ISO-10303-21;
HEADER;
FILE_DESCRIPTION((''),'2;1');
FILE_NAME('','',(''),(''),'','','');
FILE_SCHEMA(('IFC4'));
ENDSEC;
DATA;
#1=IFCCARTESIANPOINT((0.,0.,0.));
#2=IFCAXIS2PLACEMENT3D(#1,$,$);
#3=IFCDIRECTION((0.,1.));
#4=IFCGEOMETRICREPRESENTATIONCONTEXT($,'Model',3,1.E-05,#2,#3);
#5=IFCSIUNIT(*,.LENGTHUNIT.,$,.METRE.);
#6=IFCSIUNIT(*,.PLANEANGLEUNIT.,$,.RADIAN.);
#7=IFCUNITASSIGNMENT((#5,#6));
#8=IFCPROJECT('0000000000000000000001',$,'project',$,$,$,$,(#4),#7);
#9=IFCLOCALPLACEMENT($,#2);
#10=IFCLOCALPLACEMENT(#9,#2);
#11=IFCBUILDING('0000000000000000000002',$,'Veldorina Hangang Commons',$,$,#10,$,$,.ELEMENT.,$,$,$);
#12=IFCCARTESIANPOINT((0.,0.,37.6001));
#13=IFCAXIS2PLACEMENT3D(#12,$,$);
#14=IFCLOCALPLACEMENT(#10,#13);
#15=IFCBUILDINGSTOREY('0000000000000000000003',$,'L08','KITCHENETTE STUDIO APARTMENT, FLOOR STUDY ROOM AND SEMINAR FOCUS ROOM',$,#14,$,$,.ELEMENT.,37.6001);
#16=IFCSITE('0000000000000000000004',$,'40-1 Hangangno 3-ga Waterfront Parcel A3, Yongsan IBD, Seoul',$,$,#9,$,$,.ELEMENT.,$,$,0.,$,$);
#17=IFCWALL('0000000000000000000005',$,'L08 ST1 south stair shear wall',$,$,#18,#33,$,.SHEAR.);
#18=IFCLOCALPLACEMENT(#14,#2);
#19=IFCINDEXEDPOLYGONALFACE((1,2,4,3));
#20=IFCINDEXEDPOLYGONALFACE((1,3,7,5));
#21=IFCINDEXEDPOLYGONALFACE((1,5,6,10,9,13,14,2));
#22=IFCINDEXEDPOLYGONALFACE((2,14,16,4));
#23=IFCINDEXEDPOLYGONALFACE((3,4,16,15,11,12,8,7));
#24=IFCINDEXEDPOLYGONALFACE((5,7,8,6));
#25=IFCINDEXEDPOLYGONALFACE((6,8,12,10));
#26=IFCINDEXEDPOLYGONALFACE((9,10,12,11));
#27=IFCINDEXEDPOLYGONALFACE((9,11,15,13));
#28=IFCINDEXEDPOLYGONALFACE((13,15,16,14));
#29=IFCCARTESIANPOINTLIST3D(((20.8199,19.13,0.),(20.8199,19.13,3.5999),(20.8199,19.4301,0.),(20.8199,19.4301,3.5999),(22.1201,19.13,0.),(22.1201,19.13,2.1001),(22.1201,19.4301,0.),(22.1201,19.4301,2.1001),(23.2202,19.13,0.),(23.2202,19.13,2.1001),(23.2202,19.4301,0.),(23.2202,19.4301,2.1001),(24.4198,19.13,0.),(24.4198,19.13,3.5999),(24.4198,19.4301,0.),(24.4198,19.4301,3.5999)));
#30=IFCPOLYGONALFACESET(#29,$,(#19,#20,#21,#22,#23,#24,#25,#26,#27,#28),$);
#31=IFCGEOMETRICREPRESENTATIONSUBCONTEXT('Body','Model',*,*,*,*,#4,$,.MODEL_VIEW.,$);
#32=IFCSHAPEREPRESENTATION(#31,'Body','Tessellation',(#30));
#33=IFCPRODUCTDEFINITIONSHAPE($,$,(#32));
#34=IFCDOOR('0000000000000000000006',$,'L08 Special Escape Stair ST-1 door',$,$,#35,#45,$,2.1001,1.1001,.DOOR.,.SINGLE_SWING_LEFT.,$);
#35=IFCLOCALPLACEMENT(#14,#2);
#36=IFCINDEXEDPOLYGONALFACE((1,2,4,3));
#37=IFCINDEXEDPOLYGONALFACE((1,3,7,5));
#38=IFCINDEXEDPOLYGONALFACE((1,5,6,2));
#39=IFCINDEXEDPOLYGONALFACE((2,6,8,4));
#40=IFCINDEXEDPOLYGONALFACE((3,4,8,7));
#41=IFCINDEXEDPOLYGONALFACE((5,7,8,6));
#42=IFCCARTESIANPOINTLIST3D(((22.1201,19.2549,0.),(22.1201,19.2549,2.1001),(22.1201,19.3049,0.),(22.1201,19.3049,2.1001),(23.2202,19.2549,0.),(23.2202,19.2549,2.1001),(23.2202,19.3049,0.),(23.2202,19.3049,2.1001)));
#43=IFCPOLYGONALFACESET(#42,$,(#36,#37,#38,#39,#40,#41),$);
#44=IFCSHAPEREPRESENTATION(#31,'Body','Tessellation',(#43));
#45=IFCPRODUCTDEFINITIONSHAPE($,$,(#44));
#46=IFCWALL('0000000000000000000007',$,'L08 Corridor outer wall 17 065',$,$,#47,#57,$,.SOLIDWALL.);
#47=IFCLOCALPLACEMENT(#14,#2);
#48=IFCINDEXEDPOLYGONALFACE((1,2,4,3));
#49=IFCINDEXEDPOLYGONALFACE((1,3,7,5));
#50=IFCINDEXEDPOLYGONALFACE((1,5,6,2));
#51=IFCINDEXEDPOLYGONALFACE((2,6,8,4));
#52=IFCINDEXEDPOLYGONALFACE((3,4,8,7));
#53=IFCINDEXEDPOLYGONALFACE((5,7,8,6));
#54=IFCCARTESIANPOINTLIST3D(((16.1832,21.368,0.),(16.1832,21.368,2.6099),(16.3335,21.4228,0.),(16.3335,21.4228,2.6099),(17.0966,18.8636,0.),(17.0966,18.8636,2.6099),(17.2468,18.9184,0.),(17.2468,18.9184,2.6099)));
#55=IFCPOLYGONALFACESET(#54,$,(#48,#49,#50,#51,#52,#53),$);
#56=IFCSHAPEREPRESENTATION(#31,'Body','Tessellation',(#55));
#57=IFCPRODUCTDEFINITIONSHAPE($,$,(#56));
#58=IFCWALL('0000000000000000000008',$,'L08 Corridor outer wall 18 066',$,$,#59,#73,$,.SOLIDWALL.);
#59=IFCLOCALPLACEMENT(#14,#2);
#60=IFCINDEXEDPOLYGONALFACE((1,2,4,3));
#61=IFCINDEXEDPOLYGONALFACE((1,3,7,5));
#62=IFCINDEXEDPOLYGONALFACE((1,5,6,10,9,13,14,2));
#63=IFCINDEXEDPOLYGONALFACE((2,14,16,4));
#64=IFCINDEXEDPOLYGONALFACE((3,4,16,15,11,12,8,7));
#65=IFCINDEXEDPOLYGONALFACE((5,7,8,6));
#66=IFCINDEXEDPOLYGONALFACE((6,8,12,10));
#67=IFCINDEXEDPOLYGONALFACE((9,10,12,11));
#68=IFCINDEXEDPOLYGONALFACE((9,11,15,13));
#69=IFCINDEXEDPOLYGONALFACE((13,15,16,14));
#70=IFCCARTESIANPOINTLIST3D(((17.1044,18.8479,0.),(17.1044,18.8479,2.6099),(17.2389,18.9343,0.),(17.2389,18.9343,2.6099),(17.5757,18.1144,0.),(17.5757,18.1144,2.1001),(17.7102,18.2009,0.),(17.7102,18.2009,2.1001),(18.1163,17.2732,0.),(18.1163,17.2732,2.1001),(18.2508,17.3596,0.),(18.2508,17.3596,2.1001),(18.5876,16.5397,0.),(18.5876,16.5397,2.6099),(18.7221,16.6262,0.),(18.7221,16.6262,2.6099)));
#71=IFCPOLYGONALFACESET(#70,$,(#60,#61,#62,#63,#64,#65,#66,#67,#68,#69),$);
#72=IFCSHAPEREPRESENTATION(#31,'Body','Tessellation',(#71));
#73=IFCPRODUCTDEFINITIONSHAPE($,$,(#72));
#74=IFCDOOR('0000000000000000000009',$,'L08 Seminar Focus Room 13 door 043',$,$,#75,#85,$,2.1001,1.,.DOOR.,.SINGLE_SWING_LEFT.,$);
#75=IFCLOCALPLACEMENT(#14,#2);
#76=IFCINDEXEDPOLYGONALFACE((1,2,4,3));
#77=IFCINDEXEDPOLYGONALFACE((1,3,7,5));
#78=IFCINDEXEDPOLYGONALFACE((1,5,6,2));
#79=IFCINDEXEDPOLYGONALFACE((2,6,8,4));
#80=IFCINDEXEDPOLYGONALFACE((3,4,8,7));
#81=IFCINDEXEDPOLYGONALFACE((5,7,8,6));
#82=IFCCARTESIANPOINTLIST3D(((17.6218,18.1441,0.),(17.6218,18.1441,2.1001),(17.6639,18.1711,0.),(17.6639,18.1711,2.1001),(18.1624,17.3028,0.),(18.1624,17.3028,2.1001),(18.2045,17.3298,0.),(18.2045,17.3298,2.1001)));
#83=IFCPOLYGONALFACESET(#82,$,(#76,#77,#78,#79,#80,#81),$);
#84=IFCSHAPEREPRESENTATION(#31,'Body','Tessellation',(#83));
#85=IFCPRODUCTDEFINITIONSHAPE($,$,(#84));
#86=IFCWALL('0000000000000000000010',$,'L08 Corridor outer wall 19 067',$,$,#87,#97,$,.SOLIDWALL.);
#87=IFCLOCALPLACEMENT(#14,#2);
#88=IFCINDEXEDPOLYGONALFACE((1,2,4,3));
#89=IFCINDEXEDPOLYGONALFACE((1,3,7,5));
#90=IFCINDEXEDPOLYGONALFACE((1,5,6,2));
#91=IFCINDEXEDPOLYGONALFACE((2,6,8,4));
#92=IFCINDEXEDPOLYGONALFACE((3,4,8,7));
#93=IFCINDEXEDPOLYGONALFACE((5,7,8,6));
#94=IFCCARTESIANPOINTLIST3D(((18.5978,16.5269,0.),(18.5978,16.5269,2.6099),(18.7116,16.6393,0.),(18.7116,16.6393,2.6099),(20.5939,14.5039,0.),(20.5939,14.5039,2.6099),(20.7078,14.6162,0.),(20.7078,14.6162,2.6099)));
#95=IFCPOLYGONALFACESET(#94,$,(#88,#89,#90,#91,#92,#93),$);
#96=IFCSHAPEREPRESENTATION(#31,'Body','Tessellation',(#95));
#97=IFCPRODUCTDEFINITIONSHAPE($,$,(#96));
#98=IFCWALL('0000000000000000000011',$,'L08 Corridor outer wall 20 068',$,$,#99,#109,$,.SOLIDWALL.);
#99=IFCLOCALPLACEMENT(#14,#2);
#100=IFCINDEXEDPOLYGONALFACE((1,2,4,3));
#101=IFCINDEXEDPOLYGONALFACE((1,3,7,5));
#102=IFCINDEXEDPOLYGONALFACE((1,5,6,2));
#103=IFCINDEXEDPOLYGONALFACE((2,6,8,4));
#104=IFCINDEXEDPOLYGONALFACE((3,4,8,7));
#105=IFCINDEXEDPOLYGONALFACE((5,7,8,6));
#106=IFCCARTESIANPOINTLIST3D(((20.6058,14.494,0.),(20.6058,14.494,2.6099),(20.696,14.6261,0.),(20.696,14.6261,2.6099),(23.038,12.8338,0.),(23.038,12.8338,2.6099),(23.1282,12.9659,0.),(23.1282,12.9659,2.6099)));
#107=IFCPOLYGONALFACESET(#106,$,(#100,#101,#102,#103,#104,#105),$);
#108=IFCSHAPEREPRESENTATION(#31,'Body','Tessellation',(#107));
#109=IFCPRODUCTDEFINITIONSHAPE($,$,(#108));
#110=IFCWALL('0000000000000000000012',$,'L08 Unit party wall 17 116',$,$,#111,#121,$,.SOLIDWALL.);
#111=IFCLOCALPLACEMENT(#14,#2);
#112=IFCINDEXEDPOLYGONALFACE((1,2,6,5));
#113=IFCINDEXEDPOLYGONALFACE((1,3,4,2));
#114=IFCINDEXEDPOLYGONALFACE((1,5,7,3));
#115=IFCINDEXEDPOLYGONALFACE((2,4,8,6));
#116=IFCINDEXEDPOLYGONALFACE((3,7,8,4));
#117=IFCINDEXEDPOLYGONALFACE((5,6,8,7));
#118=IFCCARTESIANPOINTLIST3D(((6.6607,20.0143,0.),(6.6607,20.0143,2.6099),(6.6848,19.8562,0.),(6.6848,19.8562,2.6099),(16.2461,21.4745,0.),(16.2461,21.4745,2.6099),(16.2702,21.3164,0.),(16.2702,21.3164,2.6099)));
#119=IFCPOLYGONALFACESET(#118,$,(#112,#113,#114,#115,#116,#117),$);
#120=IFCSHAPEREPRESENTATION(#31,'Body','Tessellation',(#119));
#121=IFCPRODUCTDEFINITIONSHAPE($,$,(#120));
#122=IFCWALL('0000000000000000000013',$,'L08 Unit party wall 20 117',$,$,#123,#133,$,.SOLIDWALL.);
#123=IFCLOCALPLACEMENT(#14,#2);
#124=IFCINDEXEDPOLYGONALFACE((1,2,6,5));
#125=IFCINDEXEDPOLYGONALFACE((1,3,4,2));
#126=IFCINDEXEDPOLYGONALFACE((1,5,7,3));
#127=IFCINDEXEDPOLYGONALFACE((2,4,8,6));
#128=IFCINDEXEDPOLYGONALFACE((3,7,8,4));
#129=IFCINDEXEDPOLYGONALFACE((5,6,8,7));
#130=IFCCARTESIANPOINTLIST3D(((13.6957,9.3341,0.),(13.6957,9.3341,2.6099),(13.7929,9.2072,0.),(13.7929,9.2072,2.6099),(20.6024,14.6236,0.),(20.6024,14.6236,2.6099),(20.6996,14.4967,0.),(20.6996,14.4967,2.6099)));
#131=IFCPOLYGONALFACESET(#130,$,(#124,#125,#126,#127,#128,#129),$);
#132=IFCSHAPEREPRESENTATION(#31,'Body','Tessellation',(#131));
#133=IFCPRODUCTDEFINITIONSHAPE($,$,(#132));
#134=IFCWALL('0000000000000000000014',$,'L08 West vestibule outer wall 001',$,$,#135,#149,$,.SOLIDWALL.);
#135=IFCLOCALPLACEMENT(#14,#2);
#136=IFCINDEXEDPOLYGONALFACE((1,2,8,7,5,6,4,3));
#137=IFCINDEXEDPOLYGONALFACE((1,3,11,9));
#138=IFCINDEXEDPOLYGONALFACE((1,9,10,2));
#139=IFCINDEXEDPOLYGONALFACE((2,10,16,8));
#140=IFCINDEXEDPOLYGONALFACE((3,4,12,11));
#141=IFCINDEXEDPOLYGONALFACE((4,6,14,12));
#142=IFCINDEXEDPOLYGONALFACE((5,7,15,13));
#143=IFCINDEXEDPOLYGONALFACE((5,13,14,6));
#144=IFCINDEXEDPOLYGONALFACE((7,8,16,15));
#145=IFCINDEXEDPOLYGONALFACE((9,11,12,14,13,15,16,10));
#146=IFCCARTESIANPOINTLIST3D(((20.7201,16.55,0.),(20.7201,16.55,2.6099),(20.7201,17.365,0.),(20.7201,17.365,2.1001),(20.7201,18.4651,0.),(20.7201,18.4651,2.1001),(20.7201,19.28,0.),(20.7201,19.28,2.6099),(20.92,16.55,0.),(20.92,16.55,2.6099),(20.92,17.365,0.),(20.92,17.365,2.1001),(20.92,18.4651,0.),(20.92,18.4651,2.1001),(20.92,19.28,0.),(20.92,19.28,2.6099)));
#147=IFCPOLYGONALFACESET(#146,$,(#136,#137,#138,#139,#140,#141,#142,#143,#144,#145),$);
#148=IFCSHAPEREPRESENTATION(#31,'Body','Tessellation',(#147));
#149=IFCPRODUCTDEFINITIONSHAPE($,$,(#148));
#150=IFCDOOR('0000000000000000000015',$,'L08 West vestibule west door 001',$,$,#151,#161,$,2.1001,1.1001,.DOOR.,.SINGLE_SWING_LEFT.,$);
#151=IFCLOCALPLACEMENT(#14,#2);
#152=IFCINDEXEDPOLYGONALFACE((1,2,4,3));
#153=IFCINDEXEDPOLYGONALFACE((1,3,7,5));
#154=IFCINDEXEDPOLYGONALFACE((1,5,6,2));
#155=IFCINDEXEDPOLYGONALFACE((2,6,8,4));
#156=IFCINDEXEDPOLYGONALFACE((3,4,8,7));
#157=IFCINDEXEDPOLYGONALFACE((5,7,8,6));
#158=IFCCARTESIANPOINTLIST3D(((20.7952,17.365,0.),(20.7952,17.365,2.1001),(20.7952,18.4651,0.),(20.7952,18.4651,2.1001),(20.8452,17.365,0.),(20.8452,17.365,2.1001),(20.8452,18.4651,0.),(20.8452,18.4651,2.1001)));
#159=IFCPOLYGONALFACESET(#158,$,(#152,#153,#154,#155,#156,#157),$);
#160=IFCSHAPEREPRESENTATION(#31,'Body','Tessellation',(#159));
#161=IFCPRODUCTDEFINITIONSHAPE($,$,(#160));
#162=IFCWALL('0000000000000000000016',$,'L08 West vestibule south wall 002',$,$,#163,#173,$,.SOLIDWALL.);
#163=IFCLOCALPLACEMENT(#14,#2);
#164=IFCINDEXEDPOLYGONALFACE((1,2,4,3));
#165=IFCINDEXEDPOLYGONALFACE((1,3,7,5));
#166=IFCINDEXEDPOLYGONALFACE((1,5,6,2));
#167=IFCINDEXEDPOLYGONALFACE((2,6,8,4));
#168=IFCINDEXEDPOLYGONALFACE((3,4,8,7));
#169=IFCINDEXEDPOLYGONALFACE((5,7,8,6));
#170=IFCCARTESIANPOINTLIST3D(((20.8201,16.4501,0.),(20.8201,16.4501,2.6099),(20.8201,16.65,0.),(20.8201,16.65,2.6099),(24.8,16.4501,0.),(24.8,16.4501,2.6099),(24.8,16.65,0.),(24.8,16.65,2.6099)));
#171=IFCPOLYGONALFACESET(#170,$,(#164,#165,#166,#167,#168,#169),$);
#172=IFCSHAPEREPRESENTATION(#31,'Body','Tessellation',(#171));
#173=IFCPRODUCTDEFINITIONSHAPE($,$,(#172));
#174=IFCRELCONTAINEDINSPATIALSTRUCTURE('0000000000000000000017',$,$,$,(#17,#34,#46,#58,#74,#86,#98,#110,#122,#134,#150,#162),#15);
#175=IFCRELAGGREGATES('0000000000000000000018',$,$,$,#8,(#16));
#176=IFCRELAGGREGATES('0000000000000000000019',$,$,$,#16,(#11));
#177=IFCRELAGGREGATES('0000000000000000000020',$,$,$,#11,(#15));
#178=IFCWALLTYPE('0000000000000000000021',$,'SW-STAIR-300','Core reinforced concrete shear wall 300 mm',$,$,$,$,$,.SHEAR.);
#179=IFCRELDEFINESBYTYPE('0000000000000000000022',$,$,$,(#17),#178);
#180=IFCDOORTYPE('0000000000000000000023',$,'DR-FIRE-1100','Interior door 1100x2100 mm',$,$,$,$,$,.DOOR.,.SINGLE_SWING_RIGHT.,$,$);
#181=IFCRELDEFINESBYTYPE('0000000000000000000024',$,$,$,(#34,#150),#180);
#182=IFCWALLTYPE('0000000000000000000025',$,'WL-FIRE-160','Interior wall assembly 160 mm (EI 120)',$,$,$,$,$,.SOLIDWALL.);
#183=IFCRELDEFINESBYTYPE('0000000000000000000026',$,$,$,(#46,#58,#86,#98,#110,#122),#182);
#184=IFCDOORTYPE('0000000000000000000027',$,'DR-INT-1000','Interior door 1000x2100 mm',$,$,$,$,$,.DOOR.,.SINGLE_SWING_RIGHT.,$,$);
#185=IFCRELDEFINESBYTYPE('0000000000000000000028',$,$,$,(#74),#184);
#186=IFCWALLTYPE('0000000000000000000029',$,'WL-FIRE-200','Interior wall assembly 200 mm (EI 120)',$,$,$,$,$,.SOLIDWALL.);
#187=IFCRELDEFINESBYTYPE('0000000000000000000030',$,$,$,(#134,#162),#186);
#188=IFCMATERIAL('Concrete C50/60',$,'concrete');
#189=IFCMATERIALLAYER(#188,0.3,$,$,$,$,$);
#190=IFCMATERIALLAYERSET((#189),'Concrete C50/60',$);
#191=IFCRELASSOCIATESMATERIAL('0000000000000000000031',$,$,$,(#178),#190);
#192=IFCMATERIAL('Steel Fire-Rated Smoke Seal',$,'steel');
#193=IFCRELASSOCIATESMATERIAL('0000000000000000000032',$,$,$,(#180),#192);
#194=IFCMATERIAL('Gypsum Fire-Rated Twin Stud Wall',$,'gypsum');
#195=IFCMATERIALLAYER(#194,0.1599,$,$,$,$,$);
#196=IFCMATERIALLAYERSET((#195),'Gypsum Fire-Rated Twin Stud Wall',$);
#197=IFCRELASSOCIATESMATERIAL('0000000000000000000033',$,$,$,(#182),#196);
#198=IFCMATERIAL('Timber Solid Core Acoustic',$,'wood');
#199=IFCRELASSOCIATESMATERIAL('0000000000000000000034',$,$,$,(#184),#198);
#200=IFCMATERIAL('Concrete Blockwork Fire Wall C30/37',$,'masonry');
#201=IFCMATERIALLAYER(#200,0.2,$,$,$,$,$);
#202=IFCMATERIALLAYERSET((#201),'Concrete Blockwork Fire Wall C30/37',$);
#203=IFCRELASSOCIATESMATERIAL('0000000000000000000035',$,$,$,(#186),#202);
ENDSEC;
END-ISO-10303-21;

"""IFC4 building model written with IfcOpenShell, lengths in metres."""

from ifc_helpers import new_model, si_unit, direction, frame, frame_2d, origin, place, context, subcontext, project, spatial, rectangle, extrude, material, layer, layer_set, type_object, element, fill, save


model = new_model("IFC4")

# Units and contexts
model_context = context("Model", 3, precision=1e-05, world=origin(), true_north=direction((0.0, 1.0)))
body_context = subcontext(model_context, "Body", "Model", "MODEL_VIEW")
ifc_project = project(units=[si_unit("LENGTHUNIT", "METRE"), si_unit("PLANEANGLEUNIT", "RADIAN")], contexts=[model_context])

# Site, building, storey
site_placement = place(None, origin())
site = spatial("IfcSite", under=ifc_project, at=site_placement, Name="40-1 Hangangno 3-ga Waterfront Parcel A3, Yongsan IBD, Seoul", CompositionType="ELEMENT", RefElevation=0.0)
building_placement = place(site_placement, origin())
building = spatial("IfcBuilding", under=site, at=building_placement, Name="Veldorina Hangang Commons", CompositionType="ELEMENT")
storey_placement = place(building_placement, frame((0.0, 0.0, 37.6001)))
storey = spatial("IfcBuildingStorey", under=building, at=storey_placement, Name="L08", Description="KITCHENETTE STUDIO APARTMENT, FLOOR STUDY ROOM AND SEMINAR FOCUS ROOM", CompositionType="ELEMENT", Elevation=37.6001)

# Wall, opening, door
ifc_material_1 = material(Name="Concrete C50/60", Category="concrete")
ifc_layer_1 = layer(ifc_material_1, 0.3)
ifc_layer_set_1 = layer_set([ifc_layer_1], Name="Concrete C50/60")
wall_type_1 = type_object("IfcWallType", Name="SW-STAIR-300", Description="Core reinforced concrete shear wall 300 mm", PredefinedType="SHEAR", material=ifc_layer_set_1)
wall_1_placement = place(storey_placement, frame((20.8201, 19.28, 0.0), z_axis=(0.0, 0.0, 1.0), x_axis=(1.0, 0.0, 0.0)))
wall_1 = element("IfcWall", 1, at=wall_1_placement, inside=storey, type_object=wall_type_1, Name="L08 ST1 south stair shear wall", PredefinedType="SHEAR", context=body_context, shape_type="SweptSolid", body=[
    extrude(rectangle(XDim=3.5999, YDim=0.3, at=frame_2d((1.7998, 0.0))), origin(), (0.0, 0.0, 1.0), 3.5999),
])
opening_1_placement = place(wall_1_placement, frame((1.3, 0.0, 0.0)))
opening_1 = element("IfcOpeningElement", 2, at=opening_1_placement, cuts=wall_1, PredefinedType="OPENING", context=body_context, shape_type="SweptSolid", body=[
    extrude(rectangle(XDim=1.1001, YDim=2.1001, at=frame_2d((0.55, 1.05))), frame((0.0, 0.1602, 0.0), z_axis=(0.0, -1.0, 0.0), x_axis=(1.0, 0.0, 0.0)), (0.0, 0.0, 1.0), 0.3201),
])
ifc_material_2 = material(Name="Steel Fire-Rated Smoke Seal", Category="steel")
door_type_1 = type_object("IfcDoorType", Name="DR-FIRE-1100", Description="Interior door 1100x2100 mm", OperationType="SINGLE_SWING_RIGHT", PredefinedType="DOOR", material=ifc_material_2)
door_1_placement = place(opening_1_placement, origin())
door_1 = element("IfcDoor", 3, at=door_1_placement, inside=storey, type_object=door_type_1, Name="L08 Special Escape Stair ST-1 door", OperationType="SINGLE_SWING_LEFT", OverallHeight=2.1001, OverallWidth=1.1001, PredefinedType="DOOR", context=body_context, shape_type="SweptSolid", body=[
    extrude(rectangle(XDim=1.1001, YDim=2.1001, at=frame_2d((0.55, 1.05))), frame((0.0, 0.0249, 0.0), z_axis=(0.0, -1.0, 0.0), x_axis=(1.0, 0.0, 0.0)), (0.0, 0.0, 1.0), 0.05),
])
fill(opening_1, door_1)

# Wall
ifc_material_3 = material(Name="Gypsum Fire-Rated Twin Stud Wall", Category="gypsum")
ifc_layer_2 = layer(ifc_material_3, 0.1599)
ifc_layer_set_2 = layer_set([ifc_layer_2], Name="Gypsum Fire-Rated Twin Stud Wall")
wall_type_2 = type_object("IfcWallType", Name="WL-FIRE-160", Description="Interior wall assembly 160 mm (EI 120)", PredefinedType="SOLIDWALL", material=ifc_layer_set_2)
wall_2_placement = place(storey_placement, frame((16.2583, 21.3955, 0.0), z_axis=(0.0, 0.0, 1.0), x_axis=(0.342618, -0.939475, 0.0)))
element("IfcWall", 4, at=wall_2_placement, inside=storey, type_object=wall_type_2, Name="L08 Corridor outer wall 17 065", PredefinedType="SOLIDWALL", context=body_context, shape_type="SweptSolid", body=[
    extrude(rectangle(XDim=2.6658, YDim=0.1599, at=frame_2d((1.333, 0.0))), origin(), (0.0, 0.0, 1.0), 2.6099),
])

# Wall, opening, door
wall_3_placement = place(storey_placement, frame((17.1716, 18.8911, 0.0), z_axis=(0.0, 0.0, 1.0), x_axis=(0.540596, -0.841283, 0.0)))
wall_3 = element("IfcWall", 5, at=wall_3_placement, inside=storey, type_object=wall_type_2, Name="L08 Corridor outer wall 18 066", PredefinedType="SOLIDWALL", context=body_context, shape_type="SweptSolid", body=[
    extrude(rectangle(XDim=2.7437, YDim=0.1599, at=frame_2d((1.3718, 0.0))), origin(), (0.0, 0.0, 1.0), 2.6099),
])
opening_2_placement = place(wall_3_placement, frame((0.8718, 0.0, 0.0)))
opening_2 = element("IfcOpeningElement", 6, at=opening_2_placement, cuts=wall_3, PredefinedType="OPENING", context=body_context, shape_type="SweptSolid", body=[
    extrude(rectangle(XDim=1.0, YDim=2.1001, at=frame_2d((0.5, 1.05))), frame((0.0, 0.0898, 0.0), z_axis=(0.0, -1.0, 0.0), x_axis=(1.0, 0.0, 0.0)), (0.0, 0.0, 1.0), 0.1799),
])
ifc_material_4 = material(Name="Timber Solid Core Acoustic", Category="wood")
door_type_2 = type_object("IfcDoorType", Name="DR-INT-1000", Description="Interior door 1000x2100 mm", OperationType="SINGLE_SWING_RIGHT", PredefinedType="DOOR", material=ifc_material_4)
door_2_placement = place(opening_2_placement, origin())
door_2 = element("IfcDoor", 7, at=door_2_placement, inside=storey, type_object=door_type_2, Name="L08 Seminar Focus Room 13 door 043", OperationType="SINGLE_SWING_LEFT", OverallHeight=2.1001, OverallWidth=1.0, PredefinedType="DOOR", context=body_context, shape_type="SweptSolid", body=[
    extrude(rectangle(XDim=1.0, YDim=2.1001, at=frame_2d((0.5, 1.05))), frame((0.0, 0.0249, 0.0), z_axis=(0.0, -1.0, 0.0), x_axis=(1.0, 0.0, 0.0)), (0.0, 0.0, 1.0), 0.05),
])
fill(opening_2, door_2)

# Walls
wall_4_placement = place(storey_placement, frame((18.6548, 16.583, 0.0), z_axis=(0.0, 0.0, 1.0), x_axis=(0.702366, -0.711816, 0.0)))
element("IfcWall", 8, at=wall_4_placement, inside=storey, type_object=wall_type_2, Name="L08 Corridor outer wall 19 067", PredefinedType="SOLIDWALL", context=body_context, shape_type="SweptSolid", body=[
    extrude(rectangle(XDim=2.842, YDim=0.1599, at=frame_2d((1.4209, 0.0))), origin(), (0.0, 0.0, 1.0), 2.6099),
])
wall_5_placement = place(storey_placement, frame((20.6509, 14.5601, 0.0), z_axis=(0.0, 0.0, 1.0), x_axis=(0.825929, -0.563774, 0.0)))
element("IfcWall", 9, at=wall_5_placement, inside=storey, type_object=wall_type_2, Name="L08 Corridor outer wall 20 068", PredefinedType="SOLIDWALL", context=body_context, shape_type="SweptSolid", body=[
    extrude(rectangle(XDim=2.9448, YDim=0.1599, at=frame_2d((1.4724, 0.0))), origin(), (0.0, 0.0, 1.0), 2.6099),
])
wall_6_placement = place(storey_placement, frame((16.2583, 21.3955, 0.0), z_axis=(0.0, 0.0, 1.0), x_axis=(-0.988595, -0.150598, 0.0)))
element("IfcWall", 10, at=wall_6_placement, inside=storey, type_object=wall_type_2, Name="L08 Unit party wall 17 116", PredefinedType="SOLIDWALL", context=body_context, shape_type="SweptSolid", body=[
    extrude(rectangle(XDim=9.696, YDim=0.1599, at=frame_2d((4.8481, 0.0))), origin(), (0.0, 0.0, 1.0), 2.6099),
])
wall_7_placement = place(storey_placement, frame((20.6509, 14.5601, 0.0), z_axis=(0.0, 0.0, 1.0), x_axis=(-0.793918, -0.608025, 0.0)))
element("IfcWall", 11, at=wall_7_placement, inside=storey, type_object=wall_type_2, Name="L08 Unit party wall 20 117", PredefinedType="SOLIDWALL", context=body_context, shape_type="SweptSolid", body=[
    extrude(rectangle(XDim=8.6995, YDim=0.1599, at=frame_2d((4.3496, 0.0))), origin(), (0.0, 0.0, 1.0), 2.6099),
])

# Wall, opening, door
ifc_material_5 = material(Name="Concrete Blockwork Fire Wall C30/37", Category="masonry")
ifc_layer_3 = layer(ifc_material_5, 0.2)
ifc_layer_set_3 = layer_set([ifc_layer_3], Name="Concrete Blockwork Fire Wall C30/37")
wall_type_3 = type_object("IfcWallType", Name="WL-FIRE-200", Description="Interior wall assembly 200 mm (EI 120)", PredefinedType="SOLIDWALL", material=ifc_layer_set_3)
wall_8_placement = place(storey_placement, frame((20.8201, 16.55, 0.0), z_axis=(0.0, 0.0, 1.0), x_axis=(0.0, 1.0, 0.0)))
wall_8 = element("IfcWall", 12, at=wall_8_placement, inside=storey, type_object=wall_type_3, Name="L08 West vestibule outer wall 001", PredefinedType="SOLIDWALL", context=body_context, shape_type="SweptSolid", body=[
    extrude(rectangle(XDim=2.73, YDim=0.2, at=frame_2d((1.365, 0.0))), origin(), (0.0, 0.0, 1.0), 2.6099),
])
opening_3_placement = place(wall_8_placement, frame((0.8149, 0.0, 0.0)))
opening_3 = element("IfcOpeningElement", 13, at=opening_3_placement, cuts=wall_8, PredefinedType="OPENING", context=body_context, shape_type="SweptSolid", body=[
    extrude(rectangle(XDim=1.1001, YDim=2.1001, at=frame_2d((0.55, 1.05))), frame((0.0, 0.1099, 0.0), z_axis=(0.0, -1.0, 0.0), x_axis=(1.0, 0.0, 0.0)), (0.0, 0.0, 1.0), 0.22),
])
door_3_placement = place(opening_3_placement, origin())
door_3 = element("IfcDoor", 14, at=door_3_placement, inside=storey, type_object=door_type_1, Name="L08 West vestibule west door 001", OperationType="SINGLE_SWING_LEFT", OverallHeight=2.1001, OverallWidth=1.1001, PredefinedType="DOOR", context=body_context, shape_type="SweptSolid", body=[
    extrude(rectangle(XDim=1.1001, YDim=2.1001, at=frame_2d((0.55, 1.05))), frame((0.0, 0.0249, 0.0), z_axis=(0.0, -1.0, 0.0), x_axis=(1.0, 0.0, 0.0)), (0.0, 0.0, 1.0), 0.05),
])
fill(opening_3, door_3)

# Wall
wall_9_placement = place(storey_placement, frame((20.8201, 16.55, 0.0), z_axis=(0.0, 0.0, 1.0), x_axis=(1.0, 0.0, 0.0)))
element("IfcWall", 15, at=wall_9_placement, inside=storey, type_object=wall_type_3, Name="L08 West vestibule south wall 002", PredefinedType="SOLIDWALL", context=body_context, shape_type="SweptSolid", body=[
    extrude(rectangle(XDim=3.98, YDim=0.2, at=frame_2d((1.99, 0.0))), origin(), (0.0, 0.0, 1.0), 2.6099),
])

save(model, "model.ifc")
